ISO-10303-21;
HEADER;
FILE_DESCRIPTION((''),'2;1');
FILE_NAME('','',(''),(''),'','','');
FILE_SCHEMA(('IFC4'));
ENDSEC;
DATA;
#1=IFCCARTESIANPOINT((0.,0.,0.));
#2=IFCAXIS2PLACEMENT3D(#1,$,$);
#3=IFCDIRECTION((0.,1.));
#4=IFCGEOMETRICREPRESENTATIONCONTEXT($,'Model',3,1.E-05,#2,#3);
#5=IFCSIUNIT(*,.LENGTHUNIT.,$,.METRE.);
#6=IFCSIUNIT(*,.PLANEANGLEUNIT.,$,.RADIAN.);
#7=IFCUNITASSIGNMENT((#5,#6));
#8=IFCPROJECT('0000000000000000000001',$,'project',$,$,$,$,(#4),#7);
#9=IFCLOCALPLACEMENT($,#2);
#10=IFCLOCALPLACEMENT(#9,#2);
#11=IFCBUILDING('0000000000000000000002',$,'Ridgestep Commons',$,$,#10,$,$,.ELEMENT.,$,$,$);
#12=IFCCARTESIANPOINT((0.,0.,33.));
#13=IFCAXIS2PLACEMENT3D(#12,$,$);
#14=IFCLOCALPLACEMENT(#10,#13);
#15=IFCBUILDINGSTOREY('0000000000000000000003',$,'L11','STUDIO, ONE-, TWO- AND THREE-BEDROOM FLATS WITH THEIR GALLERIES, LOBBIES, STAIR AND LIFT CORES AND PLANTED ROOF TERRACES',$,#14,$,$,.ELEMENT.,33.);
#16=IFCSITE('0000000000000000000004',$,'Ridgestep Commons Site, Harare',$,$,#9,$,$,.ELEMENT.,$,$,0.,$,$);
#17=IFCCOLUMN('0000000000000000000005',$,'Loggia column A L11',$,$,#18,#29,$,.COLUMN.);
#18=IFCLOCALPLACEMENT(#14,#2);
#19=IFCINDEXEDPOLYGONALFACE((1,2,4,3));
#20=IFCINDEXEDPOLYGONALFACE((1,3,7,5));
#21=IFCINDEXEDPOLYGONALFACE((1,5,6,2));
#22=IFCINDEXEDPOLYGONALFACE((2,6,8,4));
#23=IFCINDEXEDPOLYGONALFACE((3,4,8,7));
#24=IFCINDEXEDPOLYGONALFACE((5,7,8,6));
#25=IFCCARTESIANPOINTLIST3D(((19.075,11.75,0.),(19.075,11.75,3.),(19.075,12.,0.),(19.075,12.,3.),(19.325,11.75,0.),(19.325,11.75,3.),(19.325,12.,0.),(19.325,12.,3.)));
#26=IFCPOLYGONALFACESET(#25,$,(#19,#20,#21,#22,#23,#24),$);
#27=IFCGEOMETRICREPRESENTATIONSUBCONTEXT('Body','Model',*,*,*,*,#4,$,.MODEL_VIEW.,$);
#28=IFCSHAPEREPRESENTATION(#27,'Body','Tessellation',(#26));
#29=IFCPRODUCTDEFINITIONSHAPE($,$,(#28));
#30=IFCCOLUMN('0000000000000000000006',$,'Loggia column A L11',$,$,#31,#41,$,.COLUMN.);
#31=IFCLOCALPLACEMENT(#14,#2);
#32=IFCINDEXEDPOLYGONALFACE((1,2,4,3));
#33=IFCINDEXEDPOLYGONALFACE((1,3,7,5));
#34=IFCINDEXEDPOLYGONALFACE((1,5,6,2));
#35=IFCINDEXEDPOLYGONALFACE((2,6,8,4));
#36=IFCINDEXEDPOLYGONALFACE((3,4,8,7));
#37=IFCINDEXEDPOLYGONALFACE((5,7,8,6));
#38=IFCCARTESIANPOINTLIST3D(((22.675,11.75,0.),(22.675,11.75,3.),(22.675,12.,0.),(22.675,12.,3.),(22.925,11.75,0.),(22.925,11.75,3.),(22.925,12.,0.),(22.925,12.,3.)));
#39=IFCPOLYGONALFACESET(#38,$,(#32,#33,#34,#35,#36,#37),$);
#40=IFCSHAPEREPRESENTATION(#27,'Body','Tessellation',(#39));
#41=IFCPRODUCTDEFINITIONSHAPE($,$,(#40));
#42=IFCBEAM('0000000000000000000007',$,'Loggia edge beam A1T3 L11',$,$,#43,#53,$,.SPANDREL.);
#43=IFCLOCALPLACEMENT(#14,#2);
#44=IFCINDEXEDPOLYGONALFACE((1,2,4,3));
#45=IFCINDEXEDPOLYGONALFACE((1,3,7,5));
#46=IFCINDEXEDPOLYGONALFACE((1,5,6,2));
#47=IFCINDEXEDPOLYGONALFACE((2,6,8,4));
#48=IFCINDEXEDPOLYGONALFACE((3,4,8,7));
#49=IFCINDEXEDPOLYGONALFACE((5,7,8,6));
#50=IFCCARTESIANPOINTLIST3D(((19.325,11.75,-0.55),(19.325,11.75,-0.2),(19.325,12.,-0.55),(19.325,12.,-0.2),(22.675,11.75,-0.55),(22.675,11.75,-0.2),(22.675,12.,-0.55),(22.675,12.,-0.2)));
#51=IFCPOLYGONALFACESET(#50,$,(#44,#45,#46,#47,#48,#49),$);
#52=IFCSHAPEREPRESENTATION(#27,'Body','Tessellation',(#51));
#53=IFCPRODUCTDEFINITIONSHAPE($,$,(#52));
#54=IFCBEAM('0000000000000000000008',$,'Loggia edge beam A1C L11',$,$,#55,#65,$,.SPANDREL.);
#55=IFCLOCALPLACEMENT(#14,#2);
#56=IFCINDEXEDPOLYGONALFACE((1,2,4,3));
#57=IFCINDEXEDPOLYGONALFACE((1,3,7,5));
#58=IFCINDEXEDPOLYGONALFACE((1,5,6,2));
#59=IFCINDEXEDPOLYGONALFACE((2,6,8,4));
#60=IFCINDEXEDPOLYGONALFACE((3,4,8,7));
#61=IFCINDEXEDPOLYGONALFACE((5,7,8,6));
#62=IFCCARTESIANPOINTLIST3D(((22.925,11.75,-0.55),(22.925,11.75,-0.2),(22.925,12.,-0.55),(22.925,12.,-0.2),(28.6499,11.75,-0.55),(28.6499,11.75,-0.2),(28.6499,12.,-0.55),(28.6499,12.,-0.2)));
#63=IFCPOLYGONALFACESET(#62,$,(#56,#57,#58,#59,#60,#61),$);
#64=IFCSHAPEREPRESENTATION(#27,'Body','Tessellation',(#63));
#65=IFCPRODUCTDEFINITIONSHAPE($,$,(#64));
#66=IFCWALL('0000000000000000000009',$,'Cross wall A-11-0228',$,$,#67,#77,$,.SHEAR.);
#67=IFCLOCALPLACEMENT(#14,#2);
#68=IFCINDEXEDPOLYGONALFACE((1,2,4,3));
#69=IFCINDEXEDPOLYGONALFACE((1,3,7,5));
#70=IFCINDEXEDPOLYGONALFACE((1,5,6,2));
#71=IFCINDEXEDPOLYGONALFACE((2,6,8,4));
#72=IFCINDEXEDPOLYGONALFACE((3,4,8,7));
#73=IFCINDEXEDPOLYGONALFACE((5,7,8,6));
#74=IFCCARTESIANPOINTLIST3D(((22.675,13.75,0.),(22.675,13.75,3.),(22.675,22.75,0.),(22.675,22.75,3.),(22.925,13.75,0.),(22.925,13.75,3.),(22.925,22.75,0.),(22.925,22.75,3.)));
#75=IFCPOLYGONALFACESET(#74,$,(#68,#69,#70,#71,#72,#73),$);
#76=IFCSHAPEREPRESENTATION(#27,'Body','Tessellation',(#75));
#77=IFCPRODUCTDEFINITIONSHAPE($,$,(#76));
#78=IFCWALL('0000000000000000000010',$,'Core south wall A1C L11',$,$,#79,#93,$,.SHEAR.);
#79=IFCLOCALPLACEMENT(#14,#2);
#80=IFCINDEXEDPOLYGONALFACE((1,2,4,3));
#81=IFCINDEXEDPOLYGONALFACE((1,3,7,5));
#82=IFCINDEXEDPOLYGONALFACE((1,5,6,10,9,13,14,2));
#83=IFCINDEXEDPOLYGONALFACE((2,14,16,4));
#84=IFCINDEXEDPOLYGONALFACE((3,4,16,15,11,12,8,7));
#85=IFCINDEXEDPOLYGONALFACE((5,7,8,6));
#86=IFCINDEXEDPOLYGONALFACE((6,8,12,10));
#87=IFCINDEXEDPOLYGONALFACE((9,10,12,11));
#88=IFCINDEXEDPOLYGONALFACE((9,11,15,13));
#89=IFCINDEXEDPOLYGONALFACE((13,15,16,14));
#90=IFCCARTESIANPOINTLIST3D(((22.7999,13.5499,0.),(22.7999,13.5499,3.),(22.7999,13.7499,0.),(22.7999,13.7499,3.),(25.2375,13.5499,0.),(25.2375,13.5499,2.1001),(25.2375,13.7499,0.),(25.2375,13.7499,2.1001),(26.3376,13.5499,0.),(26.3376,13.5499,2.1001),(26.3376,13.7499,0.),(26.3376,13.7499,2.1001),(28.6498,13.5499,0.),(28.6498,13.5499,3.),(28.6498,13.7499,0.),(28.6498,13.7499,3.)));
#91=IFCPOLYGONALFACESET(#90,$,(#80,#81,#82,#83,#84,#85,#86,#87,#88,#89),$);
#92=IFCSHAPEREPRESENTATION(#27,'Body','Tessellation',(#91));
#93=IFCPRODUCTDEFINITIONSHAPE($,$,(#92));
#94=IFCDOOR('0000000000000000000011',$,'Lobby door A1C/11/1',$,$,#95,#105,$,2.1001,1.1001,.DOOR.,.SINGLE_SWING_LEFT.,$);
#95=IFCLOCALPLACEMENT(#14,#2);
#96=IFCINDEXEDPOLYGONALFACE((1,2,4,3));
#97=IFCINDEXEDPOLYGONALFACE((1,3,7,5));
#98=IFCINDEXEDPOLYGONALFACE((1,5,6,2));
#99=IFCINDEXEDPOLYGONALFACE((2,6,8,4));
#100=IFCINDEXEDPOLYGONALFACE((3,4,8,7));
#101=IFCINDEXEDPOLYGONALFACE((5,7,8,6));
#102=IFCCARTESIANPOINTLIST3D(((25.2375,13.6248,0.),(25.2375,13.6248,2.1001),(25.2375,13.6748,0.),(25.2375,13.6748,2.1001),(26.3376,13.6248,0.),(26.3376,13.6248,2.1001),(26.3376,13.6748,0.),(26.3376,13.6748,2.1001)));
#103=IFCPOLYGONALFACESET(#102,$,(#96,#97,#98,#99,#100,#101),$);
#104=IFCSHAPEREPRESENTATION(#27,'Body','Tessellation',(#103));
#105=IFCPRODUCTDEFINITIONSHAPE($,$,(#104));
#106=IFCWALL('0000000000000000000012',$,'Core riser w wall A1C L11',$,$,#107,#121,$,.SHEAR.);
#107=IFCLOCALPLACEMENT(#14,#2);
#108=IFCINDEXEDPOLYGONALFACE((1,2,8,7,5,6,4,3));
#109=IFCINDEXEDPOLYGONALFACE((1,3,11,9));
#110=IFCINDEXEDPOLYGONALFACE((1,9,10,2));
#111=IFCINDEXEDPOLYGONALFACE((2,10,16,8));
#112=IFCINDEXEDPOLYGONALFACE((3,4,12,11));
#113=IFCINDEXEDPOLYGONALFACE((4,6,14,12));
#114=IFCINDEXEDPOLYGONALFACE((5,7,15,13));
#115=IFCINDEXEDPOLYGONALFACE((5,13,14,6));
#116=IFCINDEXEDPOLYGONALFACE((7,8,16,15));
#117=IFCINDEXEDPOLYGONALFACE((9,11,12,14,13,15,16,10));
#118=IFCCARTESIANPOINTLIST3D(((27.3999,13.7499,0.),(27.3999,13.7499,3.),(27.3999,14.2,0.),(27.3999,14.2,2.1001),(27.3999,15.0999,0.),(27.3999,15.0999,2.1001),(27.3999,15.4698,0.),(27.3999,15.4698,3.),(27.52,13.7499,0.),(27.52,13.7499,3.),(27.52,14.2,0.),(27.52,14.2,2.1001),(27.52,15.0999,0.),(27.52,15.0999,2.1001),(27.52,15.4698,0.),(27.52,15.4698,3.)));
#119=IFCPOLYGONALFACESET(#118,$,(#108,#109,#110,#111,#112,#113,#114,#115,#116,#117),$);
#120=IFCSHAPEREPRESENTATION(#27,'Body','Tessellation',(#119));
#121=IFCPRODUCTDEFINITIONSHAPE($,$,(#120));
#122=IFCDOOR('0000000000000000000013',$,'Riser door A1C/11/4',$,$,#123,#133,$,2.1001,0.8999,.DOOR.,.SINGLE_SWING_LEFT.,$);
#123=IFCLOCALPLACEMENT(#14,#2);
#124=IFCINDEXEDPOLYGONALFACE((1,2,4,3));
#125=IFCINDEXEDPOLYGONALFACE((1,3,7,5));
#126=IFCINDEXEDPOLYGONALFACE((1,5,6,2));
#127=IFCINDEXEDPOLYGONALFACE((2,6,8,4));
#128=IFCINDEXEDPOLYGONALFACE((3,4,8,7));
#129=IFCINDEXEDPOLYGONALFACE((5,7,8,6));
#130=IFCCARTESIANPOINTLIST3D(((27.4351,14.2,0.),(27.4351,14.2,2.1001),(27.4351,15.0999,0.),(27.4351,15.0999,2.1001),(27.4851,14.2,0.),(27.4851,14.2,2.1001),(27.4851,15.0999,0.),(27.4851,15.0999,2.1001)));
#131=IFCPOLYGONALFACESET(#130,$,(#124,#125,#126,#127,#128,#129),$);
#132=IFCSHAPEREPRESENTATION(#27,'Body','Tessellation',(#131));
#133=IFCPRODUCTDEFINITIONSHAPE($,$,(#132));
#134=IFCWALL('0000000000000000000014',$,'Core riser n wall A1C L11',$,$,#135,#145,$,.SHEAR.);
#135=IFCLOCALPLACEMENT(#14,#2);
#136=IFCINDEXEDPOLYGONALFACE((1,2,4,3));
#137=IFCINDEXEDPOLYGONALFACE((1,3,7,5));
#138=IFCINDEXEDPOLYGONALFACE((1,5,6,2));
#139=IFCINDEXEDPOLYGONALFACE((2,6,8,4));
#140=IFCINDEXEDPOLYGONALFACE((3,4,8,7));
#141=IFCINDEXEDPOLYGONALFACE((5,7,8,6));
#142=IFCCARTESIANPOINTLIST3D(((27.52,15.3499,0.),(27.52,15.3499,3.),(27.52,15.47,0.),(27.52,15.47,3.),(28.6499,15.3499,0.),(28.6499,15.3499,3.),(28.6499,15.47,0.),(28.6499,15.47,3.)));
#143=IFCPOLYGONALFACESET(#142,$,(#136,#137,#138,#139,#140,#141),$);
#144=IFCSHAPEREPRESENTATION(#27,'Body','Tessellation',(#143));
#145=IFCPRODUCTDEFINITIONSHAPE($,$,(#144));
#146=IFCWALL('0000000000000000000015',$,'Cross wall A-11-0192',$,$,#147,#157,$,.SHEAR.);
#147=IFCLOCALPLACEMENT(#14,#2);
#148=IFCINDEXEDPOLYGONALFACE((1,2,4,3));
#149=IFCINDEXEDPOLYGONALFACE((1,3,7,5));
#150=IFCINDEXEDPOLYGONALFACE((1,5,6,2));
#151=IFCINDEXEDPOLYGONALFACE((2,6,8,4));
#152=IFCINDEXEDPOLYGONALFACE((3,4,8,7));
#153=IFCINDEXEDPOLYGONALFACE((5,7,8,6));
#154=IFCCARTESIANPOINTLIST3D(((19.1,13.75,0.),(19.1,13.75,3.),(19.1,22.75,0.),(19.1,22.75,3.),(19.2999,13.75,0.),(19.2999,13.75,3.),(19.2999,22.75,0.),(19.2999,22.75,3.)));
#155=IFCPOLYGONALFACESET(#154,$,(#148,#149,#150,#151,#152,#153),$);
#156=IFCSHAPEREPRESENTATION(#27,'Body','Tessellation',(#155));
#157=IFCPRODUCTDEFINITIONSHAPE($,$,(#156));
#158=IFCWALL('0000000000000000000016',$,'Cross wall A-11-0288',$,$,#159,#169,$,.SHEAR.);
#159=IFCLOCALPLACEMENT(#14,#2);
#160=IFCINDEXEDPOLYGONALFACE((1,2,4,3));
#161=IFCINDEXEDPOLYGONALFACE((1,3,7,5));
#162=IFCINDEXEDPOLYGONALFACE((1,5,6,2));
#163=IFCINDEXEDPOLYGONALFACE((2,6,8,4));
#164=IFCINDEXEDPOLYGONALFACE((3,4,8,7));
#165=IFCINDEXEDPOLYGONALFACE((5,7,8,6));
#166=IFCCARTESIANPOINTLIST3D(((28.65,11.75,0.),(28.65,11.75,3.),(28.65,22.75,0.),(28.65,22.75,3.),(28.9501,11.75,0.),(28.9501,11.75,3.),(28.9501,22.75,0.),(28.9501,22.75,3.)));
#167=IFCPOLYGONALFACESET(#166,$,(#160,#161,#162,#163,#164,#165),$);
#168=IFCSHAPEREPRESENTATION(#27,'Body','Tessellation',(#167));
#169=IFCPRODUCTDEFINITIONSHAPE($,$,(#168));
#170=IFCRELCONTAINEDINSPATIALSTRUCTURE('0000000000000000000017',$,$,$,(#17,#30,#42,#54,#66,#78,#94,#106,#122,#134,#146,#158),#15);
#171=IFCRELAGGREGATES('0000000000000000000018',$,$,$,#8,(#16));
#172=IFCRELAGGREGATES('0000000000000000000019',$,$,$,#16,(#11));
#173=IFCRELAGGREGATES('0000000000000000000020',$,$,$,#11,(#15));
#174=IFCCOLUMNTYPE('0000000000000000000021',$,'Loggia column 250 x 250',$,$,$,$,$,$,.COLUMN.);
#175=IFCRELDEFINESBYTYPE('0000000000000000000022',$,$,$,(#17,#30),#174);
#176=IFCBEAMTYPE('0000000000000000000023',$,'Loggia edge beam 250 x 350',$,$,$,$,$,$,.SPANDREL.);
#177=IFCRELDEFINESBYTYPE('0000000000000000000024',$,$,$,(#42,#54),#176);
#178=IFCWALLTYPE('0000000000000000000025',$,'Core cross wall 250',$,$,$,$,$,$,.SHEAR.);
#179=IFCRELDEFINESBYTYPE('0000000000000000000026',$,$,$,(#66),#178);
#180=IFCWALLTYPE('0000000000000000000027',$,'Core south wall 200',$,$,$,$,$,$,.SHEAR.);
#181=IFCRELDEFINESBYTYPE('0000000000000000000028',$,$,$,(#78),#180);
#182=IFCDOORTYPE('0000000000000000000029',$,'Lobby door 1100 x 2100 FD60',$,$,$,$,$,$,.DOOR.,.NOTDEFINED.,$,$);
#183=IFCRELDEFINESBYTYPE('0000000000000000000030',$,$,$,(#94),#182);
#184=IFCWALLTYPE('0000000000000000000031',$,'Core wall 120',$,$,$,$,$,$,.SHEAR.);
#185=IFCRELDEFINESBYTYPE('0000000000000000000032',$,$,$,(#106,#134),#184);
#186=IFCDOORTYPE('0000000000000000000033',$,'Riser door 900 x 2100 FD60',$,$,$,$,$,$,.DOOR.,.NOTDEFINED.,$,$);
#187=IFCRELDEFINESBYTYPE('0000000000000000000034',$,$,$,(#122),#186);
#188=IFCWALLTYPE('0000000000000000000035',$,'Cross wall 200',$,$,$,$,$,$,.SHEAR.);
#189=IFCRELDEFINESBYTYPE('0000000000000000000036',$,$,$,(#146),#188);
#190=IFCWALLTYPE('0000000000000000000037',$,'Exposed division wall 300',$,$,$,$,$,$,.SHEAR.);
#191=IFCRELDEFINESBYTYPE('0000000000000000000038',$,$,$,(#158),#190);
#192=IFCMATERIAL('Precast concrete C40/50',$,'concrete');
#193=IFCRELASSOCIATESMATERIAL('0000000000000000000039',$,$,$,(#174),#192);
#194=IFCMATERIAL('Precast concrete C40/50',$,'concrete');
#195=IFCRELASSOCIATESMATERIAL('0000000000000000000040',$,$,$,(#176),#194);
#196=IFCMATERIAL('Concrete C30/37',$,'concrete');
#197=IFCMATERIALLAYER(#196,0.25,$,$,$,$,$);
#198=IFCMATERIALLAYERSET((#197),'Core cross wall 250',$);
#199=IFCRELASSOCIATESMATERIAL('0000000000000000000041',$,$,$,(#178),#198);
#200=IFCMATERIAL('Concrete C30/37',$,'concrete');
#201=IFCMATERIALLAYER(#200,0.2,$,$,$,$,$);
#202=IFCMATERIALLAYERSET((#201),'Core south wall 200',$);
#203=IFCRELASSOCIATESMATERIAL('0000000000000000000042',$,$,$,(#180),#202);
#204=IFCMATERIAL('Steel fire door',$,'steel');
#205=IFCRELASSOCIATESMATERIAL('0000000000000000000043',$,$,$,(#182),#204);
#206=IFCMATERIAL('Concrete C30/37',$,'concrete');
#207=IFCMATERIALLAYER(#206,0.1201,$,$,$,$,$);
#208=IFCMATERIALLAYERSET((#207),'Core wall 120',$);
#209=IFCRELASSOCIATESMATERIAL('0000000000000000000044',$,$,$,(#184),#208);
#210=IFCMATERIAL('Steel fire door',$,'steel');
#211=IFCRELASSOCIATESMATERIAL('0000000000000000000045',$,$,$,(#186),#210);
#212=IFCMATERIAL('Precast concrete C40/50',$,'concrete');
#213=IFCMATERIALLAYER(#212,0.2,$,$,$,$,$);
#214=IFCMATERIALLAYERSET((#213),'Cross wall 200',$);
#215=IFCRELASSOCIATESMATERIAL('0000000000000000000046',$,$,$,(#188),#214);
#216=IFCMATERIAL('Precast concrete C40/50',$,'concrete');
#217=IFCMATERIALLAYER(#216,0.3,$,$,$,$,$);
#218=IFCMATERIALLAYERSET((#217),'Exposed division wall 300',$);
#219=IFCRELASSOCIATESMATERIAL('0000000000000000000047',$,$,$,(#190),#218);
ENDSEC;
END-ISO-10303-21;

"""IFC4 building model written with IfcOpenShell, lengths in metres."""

from ifc_helpers import new_model, si_unit, direction, frame, frame_2d, origin, origin_2d, place, context, subcontext, project, spatial, rectangle, extrude, material, layer, layer_set, material_profile, profile_set, type_object, element, fill, save


model = new_model("IFC4")

# Units and contexts
model_context = context("Model", 3, precision=1e-05, world=origin(), true_north=direction((0.0, 1.0)))
body_context = subcontext(model_context, "Body", "Model", "MODEL_VIEW")
ifc_project = project(units=[si_unit("LENGTHUNIT", "METRE"), si_unit("PLANEANGLEUNIT", "RADIAN")], contexts=[model_context])

# Site, building, storey
site_placement = place(None, origin())
site = spatial("IfcSite", under=ifc_project, at=site_placement, Name="Ridgestep Commons Site, Harare", CompositionType="ELEMENT", RefElevation=0.0)
building_placement = place(site_placement, origin())
building = spatial("IfcBuilding", under=site, at=building_placement, Name="Ridgestep Commons", CompositionType="ELEMENT")
storey_placement = place(building_placement, frame((0.0, 0.0, 33.0)))
storey = spatial("IfcBuildingStorey", under=building, at=storey_placement, Name="L11", Description="STUDIO, ONE-, TWO- AND THREE-BEDROOM FLATS WITH THEIR GALLERIES, LOBBIES, STAIR AND LIFT CORES AND PLANTED ROOF TERRACES", CompositionType="ELEMENT", Elevation=33.0)

# Columns
ifc_material_1 = material(Name="Precast concrete C40/50", Category="concrete")
ifc_material_profile_1 = material_profile(ifc_material_1, rectangle(XDim=0.25, YDim=0.25, at=origin_2d()), Name="PC 250x250")
ifc_profile_set_1 = profile_set([ifc_material_profile_1], Name="Precast concrete C40/50")
column_type = type_object("IfcColumnType", Name="Loggia column 250 x 250", PredefinedType="COLUMN", material=ifc_profile_set_1)
for number, where, z_axis, x_axis, name in (
    (1, (19.2, 11.875, 0.0), (0.0, 0.0, 1.0), (1.0, 0.0, 0.0), "Loggia column A L11"),
    (2, (22.8, 11.875, 0.0), (0.0, 0.0, 1.0), (1.0, 0.0, 0.0), "Loggia column A L11"),
):
    element("IfcColumn", number, at=place(storey_placement, frame(where, z_axis=z_axis, x_axis=x_axis)), inside=storey, type_object=column_type, Name=name, PredefinedType="COLUMN", context=body_context, shape_type="SweptSolid", body=[
        extrude(rectangle(XDim=0.25, YDim=0.25, at=origin_2d()), origin(), (0.0, 0.0, 1.0), 3.0),
    ])

# Beams
ifc_material_2 = material(Name="Precast concrete C40/50", Category="concrete")
ifc_material_profile_2 = material_profile(ifc_material_2, rectangle(XDim=0.25, YDim=0.3501, at=origin_2d()), Name="PC 250x350")
ifc_profile_set_2 = profile_set([ifc_material_profile_2], Name="Precast concrete C40/50")
beam_type = type_object("IfcBeamType", Name="Loggia edge beam 250 x 350", PredefinedType="SPANDREL", material=ifc_profile_set_2)
beam_1_placement = place(storey_placement, frame((19.325, 11.875, -0.375), z_axis=(1.0, 0.0, 0.0), x_axis=(0.0, 1.0, 0.0)))
element("IfcBeam", 3, at=beam_1_placement, inside=storey, type_object=beam_type, Name="Loggia edge beam A1T3 L11", PredefinedType="SPANDREL", context=body_context, shape_type="SweptSolid", body=[
    extrude(rectangle(XDim=0.25, YDim=0.3501, at=origin_2d()), origin(), (0.0, 0.0, 1.0), 3.3501),
])
beam_2_placement = place(storey_placement, frame((22.925, 11.875, -0.375), z_axis=(1.0, 0.0, 0.0), x_axis=(0.0, 1.0, 0.0)))
element("IfcBeam", 4, at=beam_2_placement, inside=storey, type_object=beam_type, Name="Loggia edge beam A1C L11", PredefinedType="SPANDREL", context=body_context, shape_type="SweptSolid", body=[
    extrude(rectangle(XDim=0.25, YDim=0.3501, at=origin_2d()), origin(), (0.0, 0.0, 1.0), 5.7249),
])

# Wall
ifc_material_3 = material(Name="Concrete C30/37", Category="concrete")
ifc_layer_1 = layer(ifc_material_3, 0.25)
ifc_layer_set_1 = layer_set([ifc_layer_1], Name="Core cross wall 250")
wall_type_1 = type_object("IfcWallType", Name="Core cross wall 250", PredefinedType="SHEAR", material=ifc_layer_set_1)
wall_1_placement = place(storey_placement, frame((22.8, 13.75, 0.0), z_axis=(0.0, 0.0, 1.0), x_axis=(0.0, 1.0, 0.0)))
element("IfcWall", 5, at=wall_1_placement, inside=storey, type_object=wall_type_1, Name="Cross wall A-11-0228", PredefinedType="SHEAR", context=body_context, shape_type="SweptSolid", body=[
    extrude(rectangle(XDim=9.0, YDim=0.25, at=frame_2d((4.5, 0.0))), origin(), (0.0, 0.0, 1.0), 3.0),
])

# Walls, openings, doors
ifc_material_4 = material(Name="Concrete C30/37", Category="concrete")
ifc_layer_2 = layer(ifc_material_4, 0.2)
ifc_layer_set_2 = layer_set([ifc_layer_2], Name="Core south wall 200")
wall_type_2 = type_object("IfcWallType", Name="Core south wall 200", PredefinedType="SHEAR", material=ifc_layer_set_2)
wall_2_placement = place(storey_placement, frame((22.8, 13.6499, 0.0), z_axis=(0.0, 0.0, 1.0), x_axis=(1.0, 0.0, 0.0)))
wall_2 = element("IfcWall", 6, at=wall_2_placement, inside=storey, type_object=wall_type_2, Name="Core south wall A1C L11", PredefinedType="SHEAR", context=body_context, shape_type="SweptSolid", body=[
    extrude(rectangle(XDim=5.8499, YDim=0.2, at=frame_2d((2.9248, 0.0))), origin(), (0.0, 0.0, 1.0), 3.0),
])
opening_1_placement = place(wall_2_placement, frame((2.4375, 0.0, 0.0)))
opening_1 = element("IfcOpeningElement", 7, at=opening_1_placement, cuts=wall_2, PredefinedType="OPENING", context=body_context, shape_type="SweptSolid", body=[
    extrude(rectangle(XDim=1.1001, YDim=2.1001, at=frame_2d((0.55, 1.05))), frame((0.0, 0.1099, 0.0), z_axis=(0.0, -1.0, 0.0), x_axis=(1.0, 0.0, 0.0)), (0.0, 0.0, 1.0), 0.22),
])
ifc_material_5 = material(Name="Steel fire door", Category="steel")
door_type_1 = type_object("IfcDoorType", Name="Lobby door 1100 x 2100 FD60", OperationType="NOTDEFINED", PredefinedType="DOOR", material=ifc_material_5)
door_1_placement = place(opening_1_placement, origin())
door_1 = element("IfcDoor", 8, at=door_1_placement, inside=storey, type_object=door_type_1, Name="Lobby door A1C/11/1", OperationType="SINGLE_SWING_LEFT", OverallHeight=2.1001, OverallWidth=1.1001, PredefinedType="DOOR", context=body_context, shape_type="SweptSolid", body=[
    extrude(rectangle(XDim=1.1001, YDim=2.1001, at=frame_2d((0.55, 1.05))), frame((0.0, 0.0249, 0.0), z_axis=(0.0, -1.0, 0.0), x_axis=(1.0, 0.0, 0.0)), (0.0, 0.0, 1.0), 0.05),
])
fill(opening_1, door_1)
ifc_material_6 = material(Name="Concrete C30/37", Category="concrete")
ifc_layer_3 = layer(ifc_material_6, 0.1201)
ifc_layer_set_3 = layer_set([ifc_layer_3], Name="Core wall 120")
wall_type_3 = type_object("IfcWallType", Name="Core wall 120", PredefinedType="SHEAR", material=ifc_layer_set_3)
wall_3_placement = place(storey_placement, frame((27.46, 13.75, 0.0), z_axis=(0.0, 0.0, 1.0), x_axis=(0.0, 1.0, 0.0)))
wall_3 = element("IfcWall", 9, at=wall_3_placement, inside=storey, type_object=wall_type_3, Name="Core riser w wall A1C L11", PredefinedType="SHEAR", context=body_context, shape_type="SweptSolid", body=[
    extrude(rectangle(XDim=1.72, YDim=0.1201, at=frame_2d((0.8599, 0.0))), origin(), (0.0, 0.0, 1.0), 3.0),
])
opening_2_placement = place(wall_3_placement, frame((0.45, 0.0, 0.0)))
opening_2 = element("IfcOpeningElement", 10, at=opening_2_placement, cuts=wall_3, PredefinedType="OPENING", context=body_context, shape_type="SweptSolid", body=[
    extrude(rectangle(XDim=0.8999, YDim=2.1001, at=frame_2d((0.45, 1.05))), frame((0.0, 0.0701, 0.0), z_axis=(0.0, -1.0, 0.0), x_axis=(1.0, 0.0, 0.0)), (0.0, 0.0, 1.0), 0.1401),
])
ifc_material_7 = material(Name="Steel fire door", Category="steel")
door_type_2 = type_object("IfcDoorType", Name="Riser door 900 x 2100 FD60", OperationType="NOTDEFINED", PredefinedType="DOOR", material=ifc_material_7)
door_2_placement = place(opening_2_placement, origin())
door_2 = element("IfcDoor", 11, at=door_2_placement, inside=storey, type_object=door_type_2, Name="Riser door A1C/11/4", OperationType="SINGLE_SWING_LEFT", OverallHeight=2.1001, OverallWidth=0.8999, PredefinedType="DOOR", context=body_context, shape_type="SweptSolid", body=[
    extrude(rectangle(XDim=0.8999, YDim=2.1001, at=frame_2d((0.45, 1.05))), frame((0.0, 0.0249, 0.0), z_axis=(0.0, -1.0, 0.0), x_axis=(1.0, 0.0, 0.0)), (0.0, 0.0, 1.0), 0.05),
])
fill(opening_2, door_2)

# Walls
wall_4_placement = place(storey_placement, frame((27.52, 15.4099, 0.0), z_axis=(0.0, 0.0, 1.0), x_axis=(1.0, 0.0, 0.0)))
element("IfcWall", 12, at=wall_4_placement, inside=storey, type_object=wall_type_3, Name="Core riser n wall A1C L11", PredefinedType="SHEAR", context=body_context, shape_type="SweptSolid", body=[
    extrude(rectangle(XDim=1.1299, YDim=0.1201, at=frame_2d((0.5649, 0.0))), origin(), (0.0, 0.0, 1.0), 3.0),
])
ifc_material_8 = material(Name="Precast concrete C40/50", Category="concrete")
ifc_layer_4 = layer(ifc_material_8, 0.2)
ifc_layer_set_4 = layer_set([ifc_layer_4], Name="Cross wall 200")
wall_type_4 = type_object("IfcWallType", Name="Cross wall 200", PredefinedType="SHEAR", material=ifc_layer_set_4)
wall_5_placement = place(storey_placement, frame((19.2, 13.75, 0.0), z_axis=(0.0, 0.0, 1.0), x_axis=(0.0, 1.0, 0.0)))
element("IfcWall", 13, at=wall_5_placement, inside=storey, type_object=wall_type_4, Name="Cross wall A-11-0192", PredefinedType="SHEAR", context=body_context, shape_type="SweptSolid", body=[
    extrude(rectangle(XDim=9.0, YDim=0.2, at=frame_2d((4.5, 0.0))), origin(), (0.0, 0.0, 1.0), 3.0),
])
ifc_material_9 = material(Name="Precast concrete C40/50", Category="concrete")
ifc_layer_5 = layer(ifc_material_9, 0.3)
ifc_layer_set_5 = layer_set([ifc_layer_5], Name="Exposed division wall 300")
wall_type_5 = type_object("IfcWallType", Name="Exposed division wall 300", PredefinedType="SHEAR", material=ifc_layer_set_5)
wall_6_placement = place(storey_placement, frame((28.8, 11.75, 0.0), z_axis=(0.0, 0.0, 1.0), x_axis=(0.0, 1.0, 0.0)))
element("IfcWall", 14, at=wall_6_placement, inside=storey, type_object=wall_type_5, Name="Cross wall A-11-0288", PredefinedType="SHEAR", context=body_context, shape_type="SweptSolid", body=[
    extrude(rectangle(XDim=11.0, YDim=0.3, at=frame_2d((5.5, 0.0))), origin(), (0.0, 0.0, 1.0), 3.0),
])

save(model, "model.ifc")
